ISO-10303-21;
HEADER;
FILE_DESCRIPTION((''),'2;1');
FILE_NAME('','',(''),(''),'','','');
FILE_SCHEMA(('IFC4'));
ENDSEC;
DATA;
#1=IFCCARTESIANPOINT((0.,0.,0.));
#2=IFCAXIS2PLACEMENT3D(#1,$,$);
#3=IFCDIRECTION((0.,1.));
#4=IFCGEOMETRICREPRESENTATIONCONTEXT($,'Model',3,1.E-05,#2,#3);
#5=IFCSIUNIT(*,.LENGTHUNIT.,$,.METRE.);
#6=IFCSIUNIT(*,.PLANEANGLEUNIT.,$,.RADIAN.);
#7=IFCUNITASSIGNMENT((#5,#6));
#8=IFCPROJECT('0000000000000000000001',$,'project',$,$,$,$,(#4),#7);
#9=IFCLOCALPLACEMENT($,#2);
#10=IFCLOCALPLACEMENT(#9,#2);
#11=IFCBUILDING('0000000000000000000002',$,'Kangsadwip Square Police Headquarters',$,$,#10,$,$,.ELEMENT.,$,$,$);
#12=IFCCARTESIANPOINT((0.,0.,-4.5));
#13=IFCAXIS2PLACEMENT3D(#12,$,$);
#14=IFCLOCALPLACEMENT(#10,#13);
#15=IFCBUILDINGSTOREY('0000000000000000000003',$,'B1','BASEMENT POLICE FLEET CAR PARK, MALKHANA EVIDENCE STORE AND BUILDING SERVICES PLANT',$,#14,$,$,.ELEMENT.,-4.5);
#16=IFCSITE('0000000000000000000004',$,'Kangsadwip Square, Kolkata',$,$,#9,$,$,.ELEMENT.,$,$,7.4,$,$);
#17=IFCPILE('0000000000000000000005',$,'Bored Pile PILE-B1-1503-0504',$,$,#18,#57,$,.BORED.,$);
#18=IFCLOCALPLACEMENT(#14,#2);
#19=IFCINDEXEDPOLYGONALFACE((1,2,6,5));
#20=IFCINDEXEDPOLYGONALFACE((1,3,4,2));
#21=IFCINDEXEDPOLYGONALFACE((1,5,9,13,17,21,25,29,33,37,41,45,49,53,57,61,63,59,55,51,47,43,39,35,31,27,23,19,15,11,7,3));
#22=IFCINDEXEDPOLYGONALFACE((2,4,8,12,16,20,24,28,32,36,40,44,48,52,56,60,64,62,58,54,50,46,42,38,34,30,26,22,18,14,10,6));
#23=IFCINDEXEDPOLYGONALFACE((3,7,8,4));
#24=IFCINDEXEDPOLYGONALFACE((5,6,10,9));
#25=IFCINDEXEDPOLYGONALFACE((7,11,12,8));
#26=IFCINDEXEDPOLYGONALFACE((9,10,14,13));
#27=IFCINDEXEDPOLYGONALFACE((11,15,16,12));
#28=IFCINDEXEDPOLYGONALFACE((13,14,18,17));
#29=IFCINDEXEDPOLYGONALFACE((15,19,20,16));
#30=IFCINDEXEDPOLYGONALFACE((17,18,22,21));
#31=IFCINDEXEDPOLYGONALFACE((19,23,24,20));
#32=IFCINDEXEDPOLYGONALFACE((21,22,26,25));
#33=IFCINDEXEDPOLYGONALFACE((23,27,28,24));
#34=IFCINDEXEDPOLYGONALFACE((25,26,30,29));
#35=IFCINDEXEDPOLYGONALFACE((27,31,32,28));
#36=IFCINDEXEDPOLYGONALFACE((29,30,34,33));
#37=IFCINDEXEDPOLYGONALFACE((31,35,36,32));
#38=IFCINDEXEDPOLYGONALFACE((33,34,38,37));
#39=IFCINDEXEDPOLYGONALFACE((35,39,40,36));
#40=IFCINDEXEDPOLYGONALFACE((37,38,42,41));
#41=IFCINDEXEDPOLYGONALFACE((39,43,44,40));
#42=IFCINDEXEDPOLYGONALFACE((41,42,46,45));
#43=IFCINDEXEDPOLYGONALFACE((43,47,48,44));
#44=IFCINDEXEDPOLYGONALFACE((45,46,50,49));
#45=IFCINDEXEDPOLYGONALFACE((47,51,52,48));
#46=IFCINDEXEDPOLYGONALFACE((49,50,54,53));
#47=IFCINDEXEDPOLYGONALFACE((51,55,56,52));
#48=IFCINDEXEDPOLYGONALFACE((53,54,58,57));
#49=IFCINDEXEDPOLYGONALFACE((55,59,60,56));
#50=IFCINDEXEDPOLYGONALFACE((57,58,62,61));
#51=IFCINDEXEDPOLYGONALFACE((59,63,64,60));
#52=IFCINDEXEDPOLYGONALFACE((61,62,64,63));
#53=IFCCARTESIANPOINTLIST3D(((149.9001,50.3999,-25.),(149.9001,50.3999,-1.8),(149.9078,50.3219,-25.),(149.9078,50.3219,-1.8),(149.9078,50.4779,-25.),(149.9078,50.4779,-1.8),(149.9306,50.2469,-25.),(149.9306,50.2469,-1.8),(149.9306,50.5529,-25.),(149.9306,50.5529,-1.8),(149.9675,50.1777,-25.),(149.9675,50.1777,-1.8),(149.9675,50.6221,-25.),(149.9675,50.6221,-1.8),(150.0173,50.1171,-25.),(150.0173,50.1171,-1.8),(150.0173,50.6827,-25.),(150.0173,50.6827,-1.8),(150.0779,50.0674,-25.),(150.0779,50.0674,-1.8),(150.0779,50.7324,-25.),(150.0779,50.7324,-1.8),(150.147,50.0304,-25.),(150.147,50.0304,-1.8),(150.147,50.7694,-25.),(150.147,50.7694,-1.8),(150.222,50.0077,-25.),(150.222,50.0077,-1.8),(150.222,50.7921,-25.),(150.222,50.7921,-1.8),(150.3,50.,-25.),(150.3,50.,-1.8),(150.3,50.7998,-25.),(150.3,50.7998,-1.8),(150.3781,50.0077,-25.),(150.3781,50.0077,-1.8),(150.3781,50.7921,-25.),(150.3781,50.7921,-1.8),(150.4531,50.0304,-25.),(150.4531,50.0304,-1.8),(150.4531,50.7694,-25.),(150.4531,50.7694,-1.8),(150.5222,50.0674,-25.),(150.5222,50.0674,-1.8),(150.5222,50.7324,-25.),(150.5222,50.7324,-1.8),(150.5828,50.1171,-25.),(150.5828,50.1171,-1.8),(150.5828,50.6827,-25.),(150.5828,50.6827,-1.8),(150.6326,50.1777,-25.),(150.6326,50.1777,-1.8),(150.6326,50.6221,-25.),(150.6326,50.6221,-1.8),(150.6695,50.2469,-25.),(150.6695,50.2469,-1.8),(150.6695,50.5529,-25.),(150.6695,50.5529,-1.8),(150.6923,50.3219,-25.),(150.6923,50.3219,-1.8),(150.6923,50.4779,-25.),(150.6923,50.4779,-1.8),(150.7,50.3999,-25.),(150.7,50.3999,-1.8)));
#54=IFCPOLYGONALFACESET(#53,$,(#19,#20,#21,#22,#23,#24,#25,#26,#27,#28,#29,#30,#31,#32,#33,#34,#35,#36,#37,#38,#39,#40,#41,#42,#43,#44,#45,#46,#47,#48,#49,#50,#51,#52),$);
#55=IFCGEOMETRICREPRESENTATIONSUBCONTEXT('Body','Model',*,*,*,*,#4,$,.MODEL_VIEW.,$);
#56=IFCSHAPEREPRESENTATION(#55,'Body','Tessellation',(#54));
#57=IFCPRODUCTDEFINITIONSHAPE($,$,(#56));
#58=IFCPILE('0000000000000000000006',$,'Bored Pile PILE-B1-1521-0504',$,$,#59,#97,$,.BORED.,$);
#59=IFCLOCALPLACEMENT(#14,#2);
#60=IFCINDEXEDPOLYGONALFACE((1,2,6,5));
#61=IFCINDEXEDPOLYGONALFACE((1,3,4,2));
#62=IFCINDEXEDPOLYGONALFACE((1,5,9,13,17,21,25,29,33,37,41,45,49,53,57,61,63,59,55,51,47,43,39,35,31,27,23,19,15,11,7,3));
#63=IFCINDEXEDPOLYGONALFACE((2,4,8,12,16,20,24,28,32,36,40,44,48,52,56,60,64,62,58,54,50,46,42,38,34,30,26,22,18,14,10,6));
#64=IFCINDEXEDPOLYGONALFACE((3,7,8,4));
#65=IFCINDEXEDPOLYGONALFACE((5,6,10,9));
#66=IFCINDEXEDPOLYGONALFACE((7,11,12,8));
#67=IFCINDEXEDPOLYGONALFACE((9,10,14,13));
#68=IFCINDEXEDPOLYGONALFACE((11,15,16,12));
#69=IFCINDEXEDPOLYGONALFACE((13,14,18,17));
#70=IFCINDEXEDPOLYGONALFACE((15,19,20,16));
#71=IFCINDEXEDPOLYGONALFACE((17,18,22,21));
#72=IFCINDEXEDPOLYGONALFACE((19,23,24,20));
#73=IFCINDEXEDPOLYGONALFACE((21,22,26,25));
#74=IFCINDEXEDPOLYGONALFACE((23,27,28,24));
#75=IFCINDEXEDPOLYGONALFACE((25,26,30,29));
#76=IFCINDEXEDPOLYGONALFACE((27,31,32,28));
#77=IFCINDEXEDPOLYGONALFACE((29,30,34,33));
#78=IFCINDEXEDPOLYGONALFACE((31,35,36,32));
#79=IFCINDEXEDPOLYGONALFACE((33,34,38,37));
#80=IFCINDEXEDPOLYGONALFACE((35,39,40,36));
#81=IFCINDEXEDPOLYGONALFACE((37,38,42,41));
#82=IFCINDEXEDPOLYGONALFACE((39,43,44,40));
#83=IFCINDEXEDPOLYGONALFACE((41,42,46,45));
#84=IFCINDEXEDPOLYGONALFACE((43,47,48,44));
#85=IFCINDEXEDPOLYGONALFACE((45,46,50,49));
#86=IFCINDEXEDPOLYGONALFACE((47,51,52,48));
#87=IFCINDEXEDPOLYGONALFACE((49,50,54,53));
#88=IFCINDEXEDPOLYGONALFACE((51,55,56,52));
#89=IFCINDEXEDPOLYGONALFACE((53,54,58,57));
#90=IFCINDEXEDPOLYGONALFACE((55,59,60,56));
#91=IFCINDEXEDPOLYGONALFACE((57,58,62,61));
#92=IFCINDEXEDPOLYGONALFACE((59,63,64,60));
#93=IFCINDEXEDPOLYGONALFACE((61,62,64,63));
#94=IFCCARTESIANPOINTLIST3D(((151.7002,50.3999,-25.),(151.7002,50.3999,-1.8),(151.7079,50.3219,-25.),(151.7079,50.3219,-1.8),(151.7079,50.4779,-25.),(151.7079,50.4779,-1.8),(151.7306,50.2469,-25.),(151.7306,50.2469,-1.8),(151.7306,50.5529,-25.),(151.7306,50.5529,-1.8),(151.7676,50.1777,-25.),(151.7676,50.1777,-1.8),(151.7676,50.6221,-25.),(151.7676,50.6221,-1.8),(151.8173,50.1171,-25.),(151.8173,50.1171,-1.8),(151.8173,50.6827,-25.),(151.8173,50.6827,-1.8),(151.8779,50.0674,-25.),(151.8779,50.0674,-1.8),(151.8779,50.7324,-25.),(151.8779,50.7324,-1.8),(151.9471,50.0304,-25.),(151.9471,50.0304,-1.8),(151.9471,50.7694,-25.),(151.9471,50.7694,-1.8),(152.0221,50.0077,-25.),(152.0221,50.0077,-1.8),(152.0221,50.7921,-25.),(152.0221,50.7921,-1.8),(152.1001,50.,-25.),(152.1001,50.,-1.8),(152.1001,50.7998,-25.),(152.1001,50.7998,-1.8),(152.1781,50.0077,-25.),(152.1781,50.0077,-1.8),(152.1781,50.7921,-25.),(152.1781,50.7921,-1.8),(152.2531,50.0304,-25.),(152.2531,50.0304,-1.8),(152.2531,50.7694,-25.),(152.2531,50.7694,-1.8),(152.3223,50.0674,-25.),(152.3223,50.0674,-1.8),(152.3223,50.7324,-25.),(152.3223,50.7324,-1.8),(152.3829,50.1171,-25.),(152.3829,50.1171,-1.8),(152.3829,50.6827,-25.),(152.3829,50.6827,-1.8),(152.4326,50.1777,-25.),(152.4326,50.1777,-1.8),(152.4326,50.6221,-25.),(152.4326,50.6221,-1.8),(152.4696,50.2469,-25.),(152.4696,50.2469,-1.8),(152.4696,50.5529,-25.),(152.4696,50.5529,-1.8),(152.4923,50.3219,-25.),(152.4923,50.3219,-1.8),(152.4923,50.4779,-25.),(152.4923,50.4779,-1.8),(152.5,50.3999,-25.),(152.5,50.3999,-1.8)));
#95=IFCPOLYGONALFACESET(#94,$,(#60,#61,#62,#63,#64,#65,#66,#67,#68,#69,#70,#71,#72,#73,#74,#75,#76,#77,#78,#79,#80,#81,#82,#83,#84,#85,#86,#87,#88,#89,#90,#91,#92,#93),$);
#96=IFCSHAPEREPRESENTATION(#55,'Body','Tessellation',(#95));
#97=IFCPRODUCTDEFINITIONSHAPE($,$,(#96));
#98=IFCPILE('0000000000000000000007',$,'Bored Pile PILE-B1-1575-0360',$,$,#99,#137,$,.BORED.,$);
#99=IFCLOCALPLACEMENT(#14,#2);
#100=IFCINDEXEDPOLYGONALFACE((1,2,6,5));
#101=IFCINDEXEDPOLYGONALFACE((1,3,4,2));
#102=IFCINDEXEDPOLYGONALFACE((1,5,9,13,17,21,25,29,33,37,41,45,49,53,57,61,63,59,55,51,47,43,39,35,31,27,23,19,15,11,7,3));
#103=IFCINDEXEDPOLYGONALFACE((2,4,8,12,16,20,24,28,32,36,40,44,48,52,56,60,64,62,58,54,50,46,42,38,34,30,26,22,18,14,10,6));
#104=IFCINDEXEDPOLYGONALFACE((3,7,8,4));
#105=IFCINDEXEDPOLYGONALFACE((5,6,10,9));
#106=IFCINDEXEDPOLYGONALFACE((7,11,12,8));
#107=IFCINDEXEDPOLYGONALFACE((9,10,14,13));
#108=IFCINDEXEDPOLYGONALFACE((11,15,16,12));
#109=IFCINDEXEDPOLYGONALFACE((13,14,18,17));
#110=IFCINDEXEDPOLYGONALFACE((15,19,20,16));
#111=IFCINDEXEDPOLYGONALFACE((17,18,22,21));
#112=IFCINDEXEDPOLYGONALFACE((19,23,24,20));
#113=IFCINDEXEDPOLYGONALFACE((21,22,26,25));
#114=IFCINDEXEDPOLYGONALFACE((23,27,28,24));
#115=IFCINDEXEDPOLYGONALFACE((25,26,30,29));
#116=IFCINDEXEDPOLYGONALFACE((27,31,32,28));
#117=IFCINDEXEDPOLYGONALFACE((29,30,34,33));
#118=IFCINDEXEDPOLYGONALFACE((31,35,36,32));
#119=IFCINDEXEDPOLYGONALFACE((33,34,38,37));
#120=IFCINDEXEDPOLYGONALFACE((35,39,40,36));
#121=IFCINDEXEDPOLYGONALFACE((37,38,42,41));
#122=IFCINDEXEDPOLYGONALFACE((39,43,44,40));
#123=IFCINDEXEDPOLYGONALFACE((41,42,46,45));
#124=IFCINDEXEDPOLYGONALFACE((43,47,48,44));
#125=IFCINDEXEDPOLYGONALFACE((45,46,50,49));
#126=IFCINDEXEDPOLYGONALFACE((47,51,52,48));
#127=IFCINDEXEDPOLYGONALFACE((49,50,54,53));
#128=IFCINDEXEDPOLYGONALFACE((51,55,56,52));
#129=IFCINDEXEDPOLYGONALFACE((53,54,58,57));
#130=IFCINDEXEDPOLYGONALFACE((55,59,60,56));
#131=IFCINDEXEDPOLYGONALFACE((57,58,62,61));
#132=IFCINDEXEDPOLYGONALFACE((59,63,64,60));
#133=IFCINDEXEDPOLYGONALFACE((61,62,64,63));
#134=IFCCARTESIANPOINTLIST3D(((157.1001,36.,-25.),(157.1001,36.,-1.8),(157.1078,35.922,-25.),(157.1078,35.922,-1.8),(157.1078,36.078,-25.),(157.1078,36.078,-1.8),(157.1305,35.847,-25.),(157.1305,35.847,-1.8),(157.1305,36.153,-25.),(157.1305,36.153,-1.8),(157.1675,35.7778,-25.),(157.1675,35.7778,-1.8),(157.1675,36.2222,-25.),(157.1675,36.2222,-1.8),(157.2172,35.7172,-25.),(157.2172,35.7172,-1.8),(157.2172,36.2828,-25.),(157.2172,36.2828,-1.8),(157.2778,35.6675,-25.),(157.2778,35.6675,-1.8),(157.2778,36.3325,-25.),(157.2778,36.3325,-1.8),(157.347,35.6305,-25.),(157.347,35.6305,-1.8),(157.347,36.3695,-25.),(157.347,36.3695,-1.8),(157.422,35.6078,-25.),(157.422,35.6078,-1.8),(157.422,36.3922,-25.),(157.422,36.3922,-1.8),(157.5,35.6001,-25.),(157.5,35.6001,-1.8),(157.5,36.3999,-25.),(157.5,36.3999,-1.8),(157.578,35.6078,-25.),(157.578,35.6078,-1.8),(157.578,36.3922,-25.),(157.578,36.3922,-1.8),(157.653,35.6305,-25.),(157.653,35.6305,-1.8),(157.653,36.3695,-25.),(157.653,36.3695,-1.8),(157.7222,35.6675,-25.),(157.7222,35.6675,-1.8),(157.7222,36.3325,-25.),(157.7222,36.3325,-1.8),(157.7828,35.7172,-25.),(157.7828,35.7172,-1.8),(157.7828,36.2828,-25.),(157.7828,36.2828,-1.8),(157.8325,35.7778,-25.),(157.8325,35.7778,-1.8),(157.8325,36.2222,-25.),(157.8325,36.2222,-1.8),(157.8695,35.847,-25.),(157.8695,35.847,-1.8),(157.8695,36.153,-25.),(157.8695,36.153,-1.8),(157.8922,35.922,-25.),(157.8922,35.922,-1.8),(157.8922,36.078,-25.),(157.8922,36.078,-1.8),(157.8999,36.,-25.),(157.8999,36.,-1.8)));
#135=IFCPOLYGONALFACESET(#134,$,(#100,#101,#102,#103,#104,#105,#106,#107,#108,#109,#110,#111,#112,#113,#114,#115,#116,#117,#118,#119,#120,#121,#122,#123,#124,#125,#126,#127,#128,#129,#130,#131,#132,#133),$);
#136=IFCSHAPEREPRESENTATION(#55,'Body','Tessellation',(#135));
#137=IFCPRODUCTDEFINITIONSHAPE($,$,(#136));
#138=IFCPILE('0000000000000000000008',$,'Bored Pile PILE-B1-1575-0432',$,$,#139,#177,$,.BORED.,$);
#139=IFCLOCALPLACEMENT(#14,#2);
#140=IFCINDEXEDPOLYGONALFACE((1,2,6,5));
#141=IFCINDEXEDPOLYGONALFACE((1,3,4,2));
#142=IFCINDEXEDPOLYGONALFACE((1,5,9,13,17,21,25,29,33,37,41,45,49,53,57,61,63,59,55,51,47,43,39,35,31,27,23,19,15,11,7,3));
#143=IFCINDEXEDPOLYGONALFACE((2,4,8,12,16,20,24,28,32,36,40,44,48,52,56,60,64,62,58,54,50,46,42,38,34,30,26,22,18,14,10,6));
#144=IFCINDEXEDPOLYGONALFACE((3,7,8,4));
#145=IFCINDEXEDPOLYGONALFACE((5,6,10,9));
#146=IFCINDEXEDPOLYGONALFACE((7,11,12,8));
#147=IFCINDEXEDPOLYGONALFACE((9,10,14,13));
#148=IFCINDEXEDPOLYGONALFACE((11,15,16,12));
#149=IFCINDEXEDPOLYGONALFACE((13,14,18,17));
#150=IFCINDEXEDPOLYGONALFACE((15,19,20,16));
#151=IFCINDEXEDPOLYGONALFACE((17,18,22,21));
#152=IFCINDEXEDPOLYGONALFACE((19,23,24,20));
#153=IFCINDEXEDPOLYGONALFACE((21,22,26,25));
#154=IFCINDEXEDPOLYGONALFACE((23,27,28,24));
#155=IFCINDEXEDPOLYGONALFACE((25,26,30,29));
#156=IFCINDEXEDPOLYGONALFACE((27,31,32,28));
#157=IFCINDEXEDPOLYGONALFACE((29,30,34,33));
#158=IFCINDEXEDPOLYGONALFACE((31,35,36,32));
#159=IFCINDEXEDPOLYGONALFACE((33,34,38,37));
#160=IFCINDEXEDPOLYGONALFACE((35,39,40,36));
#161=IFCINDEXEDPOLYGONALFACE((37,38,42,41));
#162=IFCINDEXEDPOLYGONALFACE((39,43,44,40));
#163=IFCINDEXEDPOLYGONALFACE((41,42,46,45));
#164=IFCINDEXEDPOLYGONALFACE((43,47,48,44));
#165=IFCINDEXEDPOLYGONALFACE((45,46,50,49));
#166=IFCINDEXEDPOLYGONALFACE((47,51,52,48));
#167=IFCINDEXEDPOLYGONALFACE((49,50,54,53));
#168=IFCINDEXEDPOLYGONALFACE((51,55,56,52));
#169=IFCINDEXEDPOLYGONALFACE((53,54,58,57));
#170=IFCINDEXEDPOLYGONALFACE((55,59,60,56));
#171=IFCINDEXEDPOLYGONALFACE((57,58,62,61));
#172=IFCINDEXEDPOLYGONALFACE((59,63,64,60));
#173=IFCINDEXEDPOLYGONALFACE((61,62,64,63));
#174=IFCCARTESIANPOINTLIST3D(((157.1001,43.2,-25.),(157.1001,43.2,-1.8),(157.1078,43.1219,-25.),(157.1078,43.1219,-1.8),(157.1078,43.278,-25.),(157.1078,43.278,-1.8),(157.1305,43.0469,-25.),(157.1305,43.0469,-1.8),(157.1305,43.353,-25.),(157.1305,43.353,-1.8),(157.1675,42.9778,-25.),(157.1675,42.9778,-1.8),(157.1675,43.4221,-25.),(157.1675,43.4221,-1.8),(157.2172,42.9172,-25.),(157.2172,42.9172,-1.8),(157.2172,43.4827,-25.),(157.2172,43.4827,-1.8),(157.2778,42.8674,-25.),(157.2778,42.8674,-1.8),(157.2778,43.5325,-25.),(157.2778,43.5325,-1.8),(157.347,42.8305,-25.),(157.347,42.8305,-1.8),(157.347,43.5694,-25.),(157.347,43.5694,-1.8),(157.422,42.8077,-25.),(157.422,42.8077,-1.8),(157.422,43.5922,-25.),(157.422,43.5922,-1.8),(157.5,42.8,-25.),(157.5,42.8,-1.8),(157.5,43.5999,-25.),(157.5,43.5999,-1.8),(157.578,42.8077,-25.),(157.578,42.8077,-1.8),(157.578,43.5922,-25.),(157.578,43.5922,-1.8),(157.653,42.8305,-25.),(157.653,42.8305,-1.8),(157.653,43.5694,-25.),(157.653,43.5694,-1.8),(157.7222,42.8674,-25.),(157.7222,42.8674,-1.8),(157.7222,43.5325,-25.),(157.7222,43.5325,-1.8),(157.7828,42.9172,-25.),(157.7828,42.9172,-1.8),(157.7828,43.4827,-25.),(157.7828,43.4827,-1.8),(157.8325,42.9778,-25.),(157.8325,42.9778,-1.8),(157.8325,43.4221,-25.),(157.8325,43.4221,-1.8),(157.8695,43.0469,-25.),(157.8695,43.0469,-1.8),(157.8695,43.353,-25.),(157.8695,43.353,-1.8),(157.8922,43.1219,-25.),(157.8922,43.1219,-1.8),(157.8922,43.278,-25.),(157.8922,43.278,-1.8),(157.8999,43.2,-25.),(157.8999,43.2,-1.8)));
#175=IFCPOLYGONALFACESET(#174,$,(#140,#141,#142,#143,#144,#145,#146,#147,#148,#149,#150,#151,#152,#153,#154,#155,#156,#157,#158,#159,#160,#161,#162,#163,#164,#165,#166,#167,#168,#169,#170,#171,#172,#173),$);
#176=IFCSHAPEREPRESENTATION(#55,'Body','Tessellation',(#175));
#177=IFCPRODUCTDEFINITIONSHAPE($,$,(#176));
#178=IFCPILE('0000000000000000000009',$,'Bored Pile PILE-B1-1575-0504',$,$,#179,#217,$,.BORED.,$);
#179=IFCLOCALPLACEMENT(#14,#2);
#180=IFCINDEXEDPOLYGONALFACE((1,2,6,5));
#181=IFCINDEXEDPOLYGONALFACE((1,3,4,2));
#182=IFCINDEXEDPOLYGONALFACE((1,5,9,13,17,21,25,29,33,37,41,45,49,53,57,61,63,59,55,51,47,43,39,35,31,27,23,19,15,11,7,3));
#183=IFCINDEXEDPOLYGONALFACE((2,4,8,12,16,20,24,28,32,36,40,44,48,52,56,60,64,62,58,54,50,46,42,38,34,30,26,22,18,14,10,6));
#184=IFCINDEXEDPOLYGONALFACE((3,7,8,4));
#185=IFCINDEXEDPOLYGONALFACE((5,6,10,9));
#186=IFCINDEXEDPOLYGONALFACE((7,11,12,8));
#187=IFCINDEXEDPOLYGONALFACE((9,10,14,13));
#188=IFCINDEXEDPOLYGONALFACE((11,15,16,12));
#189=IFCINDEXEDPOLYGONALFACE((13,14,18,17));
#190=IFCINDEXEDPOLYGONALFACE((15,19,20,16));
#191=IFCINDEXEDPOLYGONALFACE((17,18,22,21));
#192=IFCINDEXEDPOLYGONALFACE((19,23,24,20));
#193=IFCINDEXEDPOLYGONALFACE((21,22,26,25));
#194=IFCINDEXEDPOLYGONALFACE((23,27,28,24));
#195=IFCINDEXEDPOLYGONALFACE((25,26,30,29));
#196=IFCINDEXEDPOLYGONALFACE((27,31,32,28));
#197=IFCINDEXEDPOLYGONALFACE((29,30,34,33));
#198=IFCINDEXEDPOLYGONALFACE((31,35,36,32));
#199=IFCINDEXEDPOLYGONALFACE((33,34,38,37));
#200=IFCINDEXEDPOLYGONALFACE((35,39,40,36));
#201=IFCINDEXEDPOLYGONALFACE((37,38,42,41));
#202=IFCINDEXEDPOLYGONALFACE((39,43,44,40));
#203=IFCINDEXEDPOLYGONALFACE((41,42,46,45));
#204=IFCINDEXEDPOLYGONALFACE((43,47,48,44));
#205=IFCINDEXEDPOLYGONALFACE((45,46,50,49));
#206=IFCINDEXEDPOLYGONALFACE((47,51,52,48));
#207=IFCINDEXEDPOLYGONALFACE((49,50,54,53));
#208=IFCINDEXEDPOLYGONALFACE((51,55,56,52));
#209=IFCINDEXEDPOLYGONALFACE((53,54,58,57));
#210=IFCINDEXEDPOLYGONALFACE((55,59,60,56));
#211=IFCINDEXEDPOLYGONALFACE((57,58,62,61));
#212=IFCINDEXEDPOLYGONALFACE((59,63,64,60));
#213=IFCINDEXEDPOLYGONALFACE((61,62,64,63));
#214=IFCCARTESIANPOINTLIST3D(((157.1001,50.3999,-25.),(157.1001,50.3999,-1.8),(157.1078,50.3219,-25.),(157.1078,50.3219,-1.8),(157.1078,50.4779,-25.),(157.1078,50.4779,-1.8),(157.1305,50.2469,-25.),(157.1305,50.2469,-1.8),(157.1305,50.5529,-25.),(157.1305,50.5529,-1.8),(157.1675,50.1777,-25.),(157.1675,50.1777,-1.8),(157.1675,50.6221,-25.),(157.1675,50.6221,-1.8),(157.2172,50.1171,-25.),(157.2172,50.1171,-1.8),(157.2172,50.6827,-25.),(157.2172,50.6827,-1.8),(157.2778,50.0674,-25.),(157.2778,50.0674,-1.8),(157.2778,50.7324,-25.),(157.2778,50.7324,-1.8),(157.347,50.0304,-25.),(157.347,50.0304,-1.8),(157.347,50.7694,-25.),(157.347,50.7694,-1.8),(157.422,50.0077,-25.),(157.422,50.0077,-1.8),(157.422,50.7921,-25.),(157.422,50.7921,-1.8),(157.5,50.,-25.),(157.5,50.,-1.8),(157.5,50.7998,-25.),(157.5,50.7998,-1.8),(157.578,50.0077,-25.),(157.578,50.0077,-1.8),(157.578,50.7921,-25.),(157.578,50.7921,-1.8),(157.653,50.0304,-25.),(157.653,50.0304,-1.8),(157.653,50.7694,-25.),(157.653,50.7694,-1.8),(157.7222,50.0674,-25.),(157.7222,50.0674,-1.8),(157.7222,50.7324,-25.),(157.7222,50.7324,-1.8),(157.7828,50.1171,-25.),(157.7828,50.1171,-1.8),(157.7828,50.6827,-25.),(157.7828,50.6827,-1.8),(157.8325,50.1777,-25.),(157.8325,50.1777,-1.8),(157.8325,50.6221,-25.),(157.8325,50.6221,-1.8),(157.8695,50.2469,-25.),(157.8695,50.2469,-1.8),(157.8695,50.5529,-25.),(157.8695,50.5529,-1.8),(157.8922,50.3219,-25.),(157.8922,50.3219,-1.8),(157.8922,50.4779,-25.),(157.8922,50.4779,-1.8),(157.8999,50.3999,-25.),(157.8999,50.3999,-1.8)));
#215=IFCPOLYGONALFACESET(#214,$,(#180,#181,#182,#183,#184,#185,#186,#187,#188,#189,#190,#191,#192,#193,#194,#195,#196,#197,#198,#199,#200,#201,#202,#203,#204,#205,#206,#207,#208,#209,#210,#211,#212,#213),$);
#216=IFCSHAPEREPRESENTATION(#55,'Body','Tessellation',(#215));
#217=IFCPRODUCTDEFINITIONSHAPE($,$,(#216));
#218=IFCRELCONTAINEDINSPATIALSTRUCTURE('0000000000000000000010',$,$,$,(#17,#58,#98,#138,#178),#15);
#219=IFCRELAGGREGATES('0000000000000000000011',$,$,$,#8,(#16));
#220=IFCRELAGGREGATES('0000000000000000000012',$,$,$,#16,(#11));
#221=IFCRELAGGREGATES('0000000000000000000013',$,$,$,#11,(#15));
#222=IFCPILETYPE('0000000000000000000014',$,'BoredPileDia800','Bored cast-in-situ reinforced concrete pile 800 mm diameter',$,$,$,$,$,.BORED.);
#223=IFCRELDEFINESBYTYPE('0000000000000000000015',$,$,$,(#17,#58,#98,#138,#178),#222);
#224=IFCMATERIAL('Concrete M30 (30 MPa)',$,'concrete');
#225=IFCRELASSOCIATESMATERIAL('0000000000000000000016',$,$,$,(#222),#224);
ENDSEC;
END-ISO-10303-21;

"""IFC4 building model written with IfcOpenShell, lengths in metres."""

from ifc_helpers import new_model, si_unit, direction, frame, origin, origin_2d, place, context, subcontext, project, spatial, circle, extrude, material, material_profile, profile_set, type_object, element, save


model = new_model("IFC4")

# Units and contexts
model_context = context("Model", 3, precision=1e-05, world=origin(), true_north=direction((0.0, 1.0)))
body_context = subcontext(model_context, "Body", "Model", "MODEL_VIEW")
ifc_project = project(units=[si_unit("LENGTHUNIT", "METRE"), si_unit("PLANEANGLEUNIT", "RADIAN")], contexts=[model_context])

# Site, building, storey
site_placement = place(None, origin())
site = spatial("IfcSite", under=ifc_project, at=site_placement, Name="Kangsadwip Square, Kolkata", CompositionType="ELEMENT", RefElevation=7.4)
building_placement = place(site_placement, origin())
building = spatial("IfcBuilding", under=site, at=building_placement, Name="Kangsadwip Square Police Headquarters", CompositionType="ELEMENT")
storey_placement = place(building_placement, frame((0.0, 0.0, -4.5)))
storey = spatial("IfcBuildingStorey", under=building, at=storey_placement, Name="B1", Description="BASEMENT POLICE FLEET CAR PARK, MALKHANA EVIDENCE STORE AND BUILDING SERVICES PLANT", CompositionType="ELEMENT", Elevation=-4.5)

# Piles
ifc_material_1 = material(Name="Concrete M30 (30 MPa)", Category="concrete")
ifc_material_profile_1 = material_profile(ifc_material_1, circle(Radius=0.3999, at=origin_2d()), Name="PILE DIA 800")
ifc_profile_set_1 = profile_set([ifc_material_profile_1], Name="Concrete M30 (30 MPa)")
pile_type = type_object("IfcPileType", Name="BoredPileDia800", Description="Bored cast-in-situ reinforced concrete pile 800 mm diameter", PredefinedType="BORED", material=ifc_profile_set_1)
for number, where, z_axis, x_axis, name in (
    (1, (150.3, 50.3999, -1.8), (0.0, 0.0, -1.0), (1.0, 0.0, 0.0), "Bored Pile PILE-B1-1503-0504"),
    (2, (152.1001, 50.3999, -1.8), (0.0, 0.0, -1.0), (1.0, 0.0, 0.0), "Bored Pile PILE-B1-1521-0504"),
    (3, (157.5, 36.0, -1.8), (0.0, 0.0, -1.0), (1.0, 0.0, 0.0), "Bored Pile PILE-B1-1575-0360"),
    (4, (157.5, 43.2, -1.8), (0.0, 0.0, -1.0), (1.0, 0.0, 0.0), "Bored Pile PILE-B1-1575-0432"),
    (5, (157.5, 50.3999, -1.8), (0.0, 0.0, -1.0), (1.0, 0.0, 0.0), "Bored Pile PILE-B1-1575-0504"),
):
    element("IfcPile", number, at=place(storey_placement, frame(where, z_axis=z_axis, x_axis=x_axis)), inside=storey, type_object=pile_type, Name=name, PredefinedType="BORED", context=body_context, shape_type="SweptSolid", body=[
        extrude(circle(Radius=0.3999, at=origin_2d()), origin(), (0.0, 0.0, 1.0), 23.2),
    ])

save(model, "model.ifc")
